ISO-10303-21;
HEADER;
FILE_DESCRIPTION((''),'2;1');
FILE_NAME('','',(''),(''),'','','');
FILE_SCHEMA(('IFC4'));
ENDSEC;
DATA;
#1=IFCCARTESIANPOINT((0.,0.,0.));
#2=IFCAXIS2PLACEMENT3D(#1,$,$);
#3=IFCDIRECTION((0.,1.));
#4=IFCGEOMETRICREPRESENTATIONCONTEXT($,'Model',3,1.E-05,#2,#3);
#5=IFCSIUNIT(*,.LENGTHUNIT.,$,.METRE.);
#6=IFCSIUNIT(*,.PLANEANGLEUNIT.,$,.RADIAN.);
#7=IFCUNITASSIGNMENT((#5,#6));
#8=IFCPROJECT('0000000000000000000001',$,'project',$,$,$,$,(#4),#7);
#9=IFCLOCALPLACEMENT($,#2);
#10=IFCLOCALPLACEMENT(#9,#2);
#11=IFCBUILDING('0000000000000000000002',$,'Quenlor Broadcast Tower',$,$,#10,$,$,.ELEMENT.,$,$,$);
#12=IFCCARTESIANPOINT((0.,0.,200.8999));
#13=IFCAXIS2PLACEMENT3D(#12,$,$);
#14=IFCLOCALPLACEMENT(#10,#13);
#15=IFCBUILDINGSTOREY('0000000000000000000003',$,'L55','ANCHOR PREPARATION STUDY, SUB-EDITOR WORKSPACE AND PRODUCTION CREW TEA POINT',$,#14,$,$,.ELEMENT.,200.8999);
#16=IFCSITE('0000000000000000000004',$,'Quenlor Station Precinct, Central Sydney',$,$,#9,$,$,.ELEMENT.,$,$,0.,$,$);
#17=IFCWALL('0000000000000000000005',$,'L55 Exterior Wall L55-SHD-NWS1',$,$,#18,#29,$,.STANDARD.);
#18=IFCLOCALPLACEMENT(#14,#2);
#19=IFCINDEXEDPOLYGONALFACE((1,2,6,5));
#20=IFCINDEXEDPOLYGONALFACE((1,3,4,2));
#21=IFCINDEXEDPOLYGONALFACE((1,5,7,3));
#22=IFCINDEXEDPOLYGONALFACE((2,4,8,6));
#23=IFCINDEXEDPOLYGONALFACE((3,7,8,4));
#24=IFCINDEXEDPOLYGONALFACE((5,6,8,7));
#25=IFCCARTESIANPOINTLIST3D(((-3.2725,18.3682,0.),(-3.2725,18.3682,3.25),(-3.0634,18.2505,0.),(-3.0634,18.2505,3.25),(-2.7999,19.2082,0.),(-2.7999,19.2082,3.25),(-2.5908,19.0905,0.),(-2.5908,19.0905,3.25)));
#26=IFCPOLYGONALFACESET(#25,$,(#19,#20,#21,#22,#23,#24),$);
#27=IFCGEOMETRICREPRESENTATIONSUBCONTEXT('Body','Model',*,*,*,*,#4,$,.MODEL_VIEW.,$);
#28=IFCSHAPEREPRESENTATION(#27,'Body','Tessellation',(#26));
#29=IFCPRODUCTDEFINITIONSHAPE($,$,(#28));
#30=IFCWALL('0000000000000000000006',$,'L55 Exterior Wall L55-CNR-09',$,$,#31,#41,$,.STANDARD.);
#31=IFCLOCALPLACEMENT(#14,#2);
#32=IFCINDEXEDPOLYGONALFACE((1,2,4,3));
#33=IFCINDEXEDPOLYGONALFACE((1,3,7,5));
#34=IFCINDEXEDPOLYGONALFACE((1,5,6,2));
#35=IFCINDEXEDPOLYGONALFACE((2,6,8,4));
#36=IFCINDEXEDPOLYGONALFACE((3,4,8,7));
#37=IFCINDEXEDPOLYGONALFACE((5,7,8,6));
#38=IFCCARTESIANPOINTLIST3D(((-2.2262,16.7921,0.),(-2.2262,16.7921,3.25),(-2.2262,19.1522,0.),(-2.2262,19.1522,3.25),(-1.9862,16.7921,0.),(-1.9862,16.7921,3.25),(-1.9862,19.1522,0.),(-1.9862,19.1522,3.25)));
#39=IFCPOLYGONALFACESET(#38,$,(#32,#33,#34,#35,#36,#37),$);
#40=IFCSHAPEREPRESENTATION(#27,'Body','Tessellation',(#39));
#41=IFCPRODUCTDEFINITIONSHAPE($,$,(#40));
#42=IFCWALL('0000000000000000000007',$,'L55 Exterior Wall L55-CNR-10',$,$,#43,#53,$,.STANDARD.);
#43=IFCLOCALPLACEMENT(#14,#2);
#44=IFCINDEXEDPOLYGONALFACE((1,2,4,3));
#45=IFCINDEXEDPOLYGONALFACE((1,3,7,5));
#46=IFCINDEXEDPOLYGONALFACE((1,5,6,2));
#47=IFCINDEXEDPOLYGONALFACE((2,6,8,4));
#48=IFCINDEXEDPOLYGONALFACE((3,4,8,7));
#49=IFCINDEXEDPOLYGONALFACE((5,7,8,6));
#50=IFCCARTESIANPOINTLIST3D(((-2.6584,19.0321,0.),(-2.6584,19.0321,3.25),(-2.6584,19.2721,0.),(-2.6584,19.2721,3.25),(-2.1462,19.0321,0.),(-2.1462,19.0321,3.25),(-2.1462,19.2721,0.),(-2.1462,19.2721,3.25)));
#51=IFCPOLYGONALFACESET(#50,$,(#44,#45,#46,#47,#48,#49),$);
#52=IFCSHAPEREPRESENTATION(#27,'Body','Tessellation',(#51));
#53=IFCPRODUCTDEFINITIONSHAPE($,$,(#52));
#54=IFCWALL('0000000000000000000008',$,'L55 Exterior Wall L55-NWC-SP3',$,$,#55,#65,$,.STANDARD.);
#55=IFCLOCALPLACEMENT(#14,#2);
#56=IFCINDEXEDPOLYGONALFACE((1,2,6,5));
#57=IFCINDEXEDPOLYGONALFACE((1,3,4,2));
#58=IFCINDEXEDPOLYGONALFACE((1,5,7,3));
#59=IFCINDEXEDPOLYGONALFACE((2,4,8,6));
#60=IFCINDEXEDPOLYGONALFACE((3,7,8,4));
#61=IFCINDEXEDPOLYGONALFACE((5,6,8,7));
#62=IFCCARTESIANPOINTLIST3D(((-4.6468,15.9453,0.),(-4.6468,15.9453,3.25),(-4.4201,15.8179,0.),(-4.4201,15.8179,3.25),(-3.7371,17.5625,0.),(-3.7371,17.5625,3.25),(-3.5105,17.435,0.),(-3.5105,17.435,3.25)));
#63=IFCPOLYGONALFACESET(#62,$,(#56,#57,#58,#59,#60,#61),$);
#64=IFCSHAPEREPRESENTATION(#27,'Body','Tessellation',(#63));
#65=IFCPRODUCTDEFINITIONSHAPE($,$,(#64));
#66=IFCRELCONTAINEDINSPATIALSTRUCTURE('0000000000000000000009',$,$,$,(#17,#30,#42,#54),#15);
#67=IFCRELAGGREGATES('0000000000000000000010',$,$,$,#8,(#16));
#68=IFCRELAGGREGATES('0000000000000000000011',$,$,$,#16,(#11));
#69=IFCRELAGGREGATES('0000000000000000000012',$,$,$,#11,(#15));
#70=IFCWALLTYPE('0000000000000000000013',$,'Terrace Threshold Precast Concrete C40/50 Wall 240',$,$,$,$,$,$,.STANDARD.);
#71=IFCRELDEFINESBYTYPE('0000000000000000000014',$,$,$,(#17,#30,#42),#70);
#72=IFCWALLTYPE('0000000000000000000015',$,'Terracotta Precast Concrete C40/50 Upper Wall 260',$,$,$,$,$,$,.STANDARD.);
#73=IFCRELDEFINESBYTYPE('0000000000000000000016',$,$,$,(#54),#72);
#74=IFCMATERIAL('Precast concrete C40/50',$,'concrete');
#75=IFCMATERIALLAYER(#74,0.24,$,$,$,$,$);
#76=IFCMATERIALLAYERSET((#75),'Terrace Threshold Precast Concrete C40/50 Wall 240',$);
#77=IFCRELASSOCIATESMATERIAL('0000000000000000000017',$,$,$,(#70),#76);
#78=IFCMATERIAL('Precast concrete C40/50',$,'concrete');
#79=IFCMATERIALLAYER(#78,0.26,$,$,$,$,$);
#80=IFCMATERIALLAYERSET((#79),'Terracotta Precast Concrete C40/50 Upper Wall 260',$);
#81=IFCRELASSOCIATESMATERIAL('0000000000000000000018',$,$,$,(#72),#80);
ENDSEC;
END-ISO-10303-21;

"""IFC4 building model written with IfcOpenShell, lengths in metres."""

from ifc_helpers import new_model, si_unit, direction, frame, frame_2d, origin, place, context, subcontext, project, spatial, rectangle, extrude, material, layer, layer_set, type_object, element, save


model = new_model("IFC4")

# Units and contexts
model_context = context("Model", 3, precision=1e-05, world=origin(), true_north=direction((0.0, 1.0)))
body_context = subcontext(model_context, "Body", "Model", "MODEL_VIEW")
ifc_project = project(units=[si_unit("LENGTHUNIT", "METRE"), si_unit("PLANEANGLEUNIT", "RADIAN")], contexts=[model_context])

# Site, building, storey
site_placement = place(None, origin())
site = spatial("IfcSite", under=ifc_project, at=site_placement, Name="Quenlor Station Precinct, Central Sydney", CompositionType="ELEMENT", RefElevation=0.0)
building_placement = place(site_placement, origin())
building = spatial("IfcBuilding", under=site, at=building_placement, Name="Quenlor Broadcast Tower", CompositionType="ELEMENT")
storey_placement = place(building_placement, frame((0.0, 0.0, 200.8999)))
storey = spatial("IfcBuildingStorey", under=building, at=storey_placement, Name="L55", Description="ANCHOR PREPARATION STUDY, SUB-EDITOR WORKSPACE AND PRODUCTION CREW TEA POINT", CompositionType="ELEMENT", Elevation=200.8999)

# Walls
ifc_material_1 = material(Name="Precast concrete C40/50", Category="concrete")
ifc_layer_1 = layer(ifc_material_1, 0.24)
ifc_layer_set_1 = layer_set([ifc_layer_1], Name="Terrace Threshold Precast Concrete C40/50 Wall 240")
wall_type_1 = type_object("IfcWallType", Name="Terrace Threshold Precast Concrete C40/50 Wall 240", PredefinedType="STANDARD", material=ifc_layer_set_1)
wall_1_placement = place(storey_placement, frame((-3.168, 18.3093, 0.0), z_axis=(0.0, 0.0, 1.0), x_axis=(0.490345, 0.871528, 0.0)))
element("IfcWall", 1, at=wall_1_placement, inside=storey, type_object=wall_type_1, Name="L55 Exterior Wall L55-SHD-NWS1", PredefinedType="STANDARD", context=body_context, shape_type="SweptSolid", body=[
    extrude(rectangle(XDim=0.9639, YDim=0.24, at=frame_2d((0.4819, 0.0))), origin(), (0.0, 0.0, 1.0), 3.25),
])
wall_2_placement = place(storey_placement, frame((-2.1062, 16.792, 0.0), z_axis=(0.0, 0.0, 1.0), x_axis=(0.0, 1.0, 0.0)))
element("IfcWall", 2, at=wall_2_placement, inside=storey, type_object=wall_type_1, Name="L55 Exterior Wall L55-CNR-09", PredefinedType="STANDARD", context=body_context, shape_type="SweptSolid", body=[
    extrude(rectangle(XDim=2.3601, YDim=0.24, at=frame_2d((1.1802, 0.0))), origin(), (0.0, 0.0, 1.0), 3.25),
])
wall_3_placement = place(storey_placement, frame((-2.1462, 19.1521, 0.0), z_axis=(0.0, 0.0, 1.0), x_axis=(-1.0, 0.0, 0.0)))
element("IfcWall", 3, at=wall_3_placement, inside=storey, type_object=wall_type_1, Name="L55 Exterior Wall L55-CNR-10", PredefinedType="STANDARD", context=body_context, shape_type="SweptSolid", body=[
    extrude(rectangle(XDim=0.5122, YDim=0.24, at=frame_2d((0.2561, 0.0))), origin(), (0.0, 0.0, 1.0), 3.25),
])
ifc_material_2 = material(Name="Precast concrete C40/50", Category="concrete")
ifc_layer_2 = layer(ifc_material_2, 0.26)
ifc_layer_set_2 = layer_set([ifc_layer_2], Name="Terracotta Precast Concrete C40/50 Upper Wall 260")
wall_type_2 = type_object("IfcWallType", Name="Terracotta Precast Concrete C40/50 Upper Wall 260", PredefinedType="STANDARD", material=ifc_layer_set_2)
wall_4_placement = place(storey_placement, frame((-4.5334, 15.8816, 0.0), z_axis=(0.0, 0.0, 1.0), x_axis=(0.490261, 0.871576, 0.0)))
element("IfcWall", 4, at=wall_4_placement, inside=storey, type_object=wall_type_2, Name="L55 Exterior Wall L55-NWC-SP3", PredefinedType="STANDARD", context=body_context, shape_type="SweptSolid", body=[
    extrude(rectangle(XDim=1.8555, YDim=0.26, at=frame_2d((0.9277, 0.0))), origin(), (0.0, 0.0, 1.0), 3.25),
])

save(model, "model.ifc")
